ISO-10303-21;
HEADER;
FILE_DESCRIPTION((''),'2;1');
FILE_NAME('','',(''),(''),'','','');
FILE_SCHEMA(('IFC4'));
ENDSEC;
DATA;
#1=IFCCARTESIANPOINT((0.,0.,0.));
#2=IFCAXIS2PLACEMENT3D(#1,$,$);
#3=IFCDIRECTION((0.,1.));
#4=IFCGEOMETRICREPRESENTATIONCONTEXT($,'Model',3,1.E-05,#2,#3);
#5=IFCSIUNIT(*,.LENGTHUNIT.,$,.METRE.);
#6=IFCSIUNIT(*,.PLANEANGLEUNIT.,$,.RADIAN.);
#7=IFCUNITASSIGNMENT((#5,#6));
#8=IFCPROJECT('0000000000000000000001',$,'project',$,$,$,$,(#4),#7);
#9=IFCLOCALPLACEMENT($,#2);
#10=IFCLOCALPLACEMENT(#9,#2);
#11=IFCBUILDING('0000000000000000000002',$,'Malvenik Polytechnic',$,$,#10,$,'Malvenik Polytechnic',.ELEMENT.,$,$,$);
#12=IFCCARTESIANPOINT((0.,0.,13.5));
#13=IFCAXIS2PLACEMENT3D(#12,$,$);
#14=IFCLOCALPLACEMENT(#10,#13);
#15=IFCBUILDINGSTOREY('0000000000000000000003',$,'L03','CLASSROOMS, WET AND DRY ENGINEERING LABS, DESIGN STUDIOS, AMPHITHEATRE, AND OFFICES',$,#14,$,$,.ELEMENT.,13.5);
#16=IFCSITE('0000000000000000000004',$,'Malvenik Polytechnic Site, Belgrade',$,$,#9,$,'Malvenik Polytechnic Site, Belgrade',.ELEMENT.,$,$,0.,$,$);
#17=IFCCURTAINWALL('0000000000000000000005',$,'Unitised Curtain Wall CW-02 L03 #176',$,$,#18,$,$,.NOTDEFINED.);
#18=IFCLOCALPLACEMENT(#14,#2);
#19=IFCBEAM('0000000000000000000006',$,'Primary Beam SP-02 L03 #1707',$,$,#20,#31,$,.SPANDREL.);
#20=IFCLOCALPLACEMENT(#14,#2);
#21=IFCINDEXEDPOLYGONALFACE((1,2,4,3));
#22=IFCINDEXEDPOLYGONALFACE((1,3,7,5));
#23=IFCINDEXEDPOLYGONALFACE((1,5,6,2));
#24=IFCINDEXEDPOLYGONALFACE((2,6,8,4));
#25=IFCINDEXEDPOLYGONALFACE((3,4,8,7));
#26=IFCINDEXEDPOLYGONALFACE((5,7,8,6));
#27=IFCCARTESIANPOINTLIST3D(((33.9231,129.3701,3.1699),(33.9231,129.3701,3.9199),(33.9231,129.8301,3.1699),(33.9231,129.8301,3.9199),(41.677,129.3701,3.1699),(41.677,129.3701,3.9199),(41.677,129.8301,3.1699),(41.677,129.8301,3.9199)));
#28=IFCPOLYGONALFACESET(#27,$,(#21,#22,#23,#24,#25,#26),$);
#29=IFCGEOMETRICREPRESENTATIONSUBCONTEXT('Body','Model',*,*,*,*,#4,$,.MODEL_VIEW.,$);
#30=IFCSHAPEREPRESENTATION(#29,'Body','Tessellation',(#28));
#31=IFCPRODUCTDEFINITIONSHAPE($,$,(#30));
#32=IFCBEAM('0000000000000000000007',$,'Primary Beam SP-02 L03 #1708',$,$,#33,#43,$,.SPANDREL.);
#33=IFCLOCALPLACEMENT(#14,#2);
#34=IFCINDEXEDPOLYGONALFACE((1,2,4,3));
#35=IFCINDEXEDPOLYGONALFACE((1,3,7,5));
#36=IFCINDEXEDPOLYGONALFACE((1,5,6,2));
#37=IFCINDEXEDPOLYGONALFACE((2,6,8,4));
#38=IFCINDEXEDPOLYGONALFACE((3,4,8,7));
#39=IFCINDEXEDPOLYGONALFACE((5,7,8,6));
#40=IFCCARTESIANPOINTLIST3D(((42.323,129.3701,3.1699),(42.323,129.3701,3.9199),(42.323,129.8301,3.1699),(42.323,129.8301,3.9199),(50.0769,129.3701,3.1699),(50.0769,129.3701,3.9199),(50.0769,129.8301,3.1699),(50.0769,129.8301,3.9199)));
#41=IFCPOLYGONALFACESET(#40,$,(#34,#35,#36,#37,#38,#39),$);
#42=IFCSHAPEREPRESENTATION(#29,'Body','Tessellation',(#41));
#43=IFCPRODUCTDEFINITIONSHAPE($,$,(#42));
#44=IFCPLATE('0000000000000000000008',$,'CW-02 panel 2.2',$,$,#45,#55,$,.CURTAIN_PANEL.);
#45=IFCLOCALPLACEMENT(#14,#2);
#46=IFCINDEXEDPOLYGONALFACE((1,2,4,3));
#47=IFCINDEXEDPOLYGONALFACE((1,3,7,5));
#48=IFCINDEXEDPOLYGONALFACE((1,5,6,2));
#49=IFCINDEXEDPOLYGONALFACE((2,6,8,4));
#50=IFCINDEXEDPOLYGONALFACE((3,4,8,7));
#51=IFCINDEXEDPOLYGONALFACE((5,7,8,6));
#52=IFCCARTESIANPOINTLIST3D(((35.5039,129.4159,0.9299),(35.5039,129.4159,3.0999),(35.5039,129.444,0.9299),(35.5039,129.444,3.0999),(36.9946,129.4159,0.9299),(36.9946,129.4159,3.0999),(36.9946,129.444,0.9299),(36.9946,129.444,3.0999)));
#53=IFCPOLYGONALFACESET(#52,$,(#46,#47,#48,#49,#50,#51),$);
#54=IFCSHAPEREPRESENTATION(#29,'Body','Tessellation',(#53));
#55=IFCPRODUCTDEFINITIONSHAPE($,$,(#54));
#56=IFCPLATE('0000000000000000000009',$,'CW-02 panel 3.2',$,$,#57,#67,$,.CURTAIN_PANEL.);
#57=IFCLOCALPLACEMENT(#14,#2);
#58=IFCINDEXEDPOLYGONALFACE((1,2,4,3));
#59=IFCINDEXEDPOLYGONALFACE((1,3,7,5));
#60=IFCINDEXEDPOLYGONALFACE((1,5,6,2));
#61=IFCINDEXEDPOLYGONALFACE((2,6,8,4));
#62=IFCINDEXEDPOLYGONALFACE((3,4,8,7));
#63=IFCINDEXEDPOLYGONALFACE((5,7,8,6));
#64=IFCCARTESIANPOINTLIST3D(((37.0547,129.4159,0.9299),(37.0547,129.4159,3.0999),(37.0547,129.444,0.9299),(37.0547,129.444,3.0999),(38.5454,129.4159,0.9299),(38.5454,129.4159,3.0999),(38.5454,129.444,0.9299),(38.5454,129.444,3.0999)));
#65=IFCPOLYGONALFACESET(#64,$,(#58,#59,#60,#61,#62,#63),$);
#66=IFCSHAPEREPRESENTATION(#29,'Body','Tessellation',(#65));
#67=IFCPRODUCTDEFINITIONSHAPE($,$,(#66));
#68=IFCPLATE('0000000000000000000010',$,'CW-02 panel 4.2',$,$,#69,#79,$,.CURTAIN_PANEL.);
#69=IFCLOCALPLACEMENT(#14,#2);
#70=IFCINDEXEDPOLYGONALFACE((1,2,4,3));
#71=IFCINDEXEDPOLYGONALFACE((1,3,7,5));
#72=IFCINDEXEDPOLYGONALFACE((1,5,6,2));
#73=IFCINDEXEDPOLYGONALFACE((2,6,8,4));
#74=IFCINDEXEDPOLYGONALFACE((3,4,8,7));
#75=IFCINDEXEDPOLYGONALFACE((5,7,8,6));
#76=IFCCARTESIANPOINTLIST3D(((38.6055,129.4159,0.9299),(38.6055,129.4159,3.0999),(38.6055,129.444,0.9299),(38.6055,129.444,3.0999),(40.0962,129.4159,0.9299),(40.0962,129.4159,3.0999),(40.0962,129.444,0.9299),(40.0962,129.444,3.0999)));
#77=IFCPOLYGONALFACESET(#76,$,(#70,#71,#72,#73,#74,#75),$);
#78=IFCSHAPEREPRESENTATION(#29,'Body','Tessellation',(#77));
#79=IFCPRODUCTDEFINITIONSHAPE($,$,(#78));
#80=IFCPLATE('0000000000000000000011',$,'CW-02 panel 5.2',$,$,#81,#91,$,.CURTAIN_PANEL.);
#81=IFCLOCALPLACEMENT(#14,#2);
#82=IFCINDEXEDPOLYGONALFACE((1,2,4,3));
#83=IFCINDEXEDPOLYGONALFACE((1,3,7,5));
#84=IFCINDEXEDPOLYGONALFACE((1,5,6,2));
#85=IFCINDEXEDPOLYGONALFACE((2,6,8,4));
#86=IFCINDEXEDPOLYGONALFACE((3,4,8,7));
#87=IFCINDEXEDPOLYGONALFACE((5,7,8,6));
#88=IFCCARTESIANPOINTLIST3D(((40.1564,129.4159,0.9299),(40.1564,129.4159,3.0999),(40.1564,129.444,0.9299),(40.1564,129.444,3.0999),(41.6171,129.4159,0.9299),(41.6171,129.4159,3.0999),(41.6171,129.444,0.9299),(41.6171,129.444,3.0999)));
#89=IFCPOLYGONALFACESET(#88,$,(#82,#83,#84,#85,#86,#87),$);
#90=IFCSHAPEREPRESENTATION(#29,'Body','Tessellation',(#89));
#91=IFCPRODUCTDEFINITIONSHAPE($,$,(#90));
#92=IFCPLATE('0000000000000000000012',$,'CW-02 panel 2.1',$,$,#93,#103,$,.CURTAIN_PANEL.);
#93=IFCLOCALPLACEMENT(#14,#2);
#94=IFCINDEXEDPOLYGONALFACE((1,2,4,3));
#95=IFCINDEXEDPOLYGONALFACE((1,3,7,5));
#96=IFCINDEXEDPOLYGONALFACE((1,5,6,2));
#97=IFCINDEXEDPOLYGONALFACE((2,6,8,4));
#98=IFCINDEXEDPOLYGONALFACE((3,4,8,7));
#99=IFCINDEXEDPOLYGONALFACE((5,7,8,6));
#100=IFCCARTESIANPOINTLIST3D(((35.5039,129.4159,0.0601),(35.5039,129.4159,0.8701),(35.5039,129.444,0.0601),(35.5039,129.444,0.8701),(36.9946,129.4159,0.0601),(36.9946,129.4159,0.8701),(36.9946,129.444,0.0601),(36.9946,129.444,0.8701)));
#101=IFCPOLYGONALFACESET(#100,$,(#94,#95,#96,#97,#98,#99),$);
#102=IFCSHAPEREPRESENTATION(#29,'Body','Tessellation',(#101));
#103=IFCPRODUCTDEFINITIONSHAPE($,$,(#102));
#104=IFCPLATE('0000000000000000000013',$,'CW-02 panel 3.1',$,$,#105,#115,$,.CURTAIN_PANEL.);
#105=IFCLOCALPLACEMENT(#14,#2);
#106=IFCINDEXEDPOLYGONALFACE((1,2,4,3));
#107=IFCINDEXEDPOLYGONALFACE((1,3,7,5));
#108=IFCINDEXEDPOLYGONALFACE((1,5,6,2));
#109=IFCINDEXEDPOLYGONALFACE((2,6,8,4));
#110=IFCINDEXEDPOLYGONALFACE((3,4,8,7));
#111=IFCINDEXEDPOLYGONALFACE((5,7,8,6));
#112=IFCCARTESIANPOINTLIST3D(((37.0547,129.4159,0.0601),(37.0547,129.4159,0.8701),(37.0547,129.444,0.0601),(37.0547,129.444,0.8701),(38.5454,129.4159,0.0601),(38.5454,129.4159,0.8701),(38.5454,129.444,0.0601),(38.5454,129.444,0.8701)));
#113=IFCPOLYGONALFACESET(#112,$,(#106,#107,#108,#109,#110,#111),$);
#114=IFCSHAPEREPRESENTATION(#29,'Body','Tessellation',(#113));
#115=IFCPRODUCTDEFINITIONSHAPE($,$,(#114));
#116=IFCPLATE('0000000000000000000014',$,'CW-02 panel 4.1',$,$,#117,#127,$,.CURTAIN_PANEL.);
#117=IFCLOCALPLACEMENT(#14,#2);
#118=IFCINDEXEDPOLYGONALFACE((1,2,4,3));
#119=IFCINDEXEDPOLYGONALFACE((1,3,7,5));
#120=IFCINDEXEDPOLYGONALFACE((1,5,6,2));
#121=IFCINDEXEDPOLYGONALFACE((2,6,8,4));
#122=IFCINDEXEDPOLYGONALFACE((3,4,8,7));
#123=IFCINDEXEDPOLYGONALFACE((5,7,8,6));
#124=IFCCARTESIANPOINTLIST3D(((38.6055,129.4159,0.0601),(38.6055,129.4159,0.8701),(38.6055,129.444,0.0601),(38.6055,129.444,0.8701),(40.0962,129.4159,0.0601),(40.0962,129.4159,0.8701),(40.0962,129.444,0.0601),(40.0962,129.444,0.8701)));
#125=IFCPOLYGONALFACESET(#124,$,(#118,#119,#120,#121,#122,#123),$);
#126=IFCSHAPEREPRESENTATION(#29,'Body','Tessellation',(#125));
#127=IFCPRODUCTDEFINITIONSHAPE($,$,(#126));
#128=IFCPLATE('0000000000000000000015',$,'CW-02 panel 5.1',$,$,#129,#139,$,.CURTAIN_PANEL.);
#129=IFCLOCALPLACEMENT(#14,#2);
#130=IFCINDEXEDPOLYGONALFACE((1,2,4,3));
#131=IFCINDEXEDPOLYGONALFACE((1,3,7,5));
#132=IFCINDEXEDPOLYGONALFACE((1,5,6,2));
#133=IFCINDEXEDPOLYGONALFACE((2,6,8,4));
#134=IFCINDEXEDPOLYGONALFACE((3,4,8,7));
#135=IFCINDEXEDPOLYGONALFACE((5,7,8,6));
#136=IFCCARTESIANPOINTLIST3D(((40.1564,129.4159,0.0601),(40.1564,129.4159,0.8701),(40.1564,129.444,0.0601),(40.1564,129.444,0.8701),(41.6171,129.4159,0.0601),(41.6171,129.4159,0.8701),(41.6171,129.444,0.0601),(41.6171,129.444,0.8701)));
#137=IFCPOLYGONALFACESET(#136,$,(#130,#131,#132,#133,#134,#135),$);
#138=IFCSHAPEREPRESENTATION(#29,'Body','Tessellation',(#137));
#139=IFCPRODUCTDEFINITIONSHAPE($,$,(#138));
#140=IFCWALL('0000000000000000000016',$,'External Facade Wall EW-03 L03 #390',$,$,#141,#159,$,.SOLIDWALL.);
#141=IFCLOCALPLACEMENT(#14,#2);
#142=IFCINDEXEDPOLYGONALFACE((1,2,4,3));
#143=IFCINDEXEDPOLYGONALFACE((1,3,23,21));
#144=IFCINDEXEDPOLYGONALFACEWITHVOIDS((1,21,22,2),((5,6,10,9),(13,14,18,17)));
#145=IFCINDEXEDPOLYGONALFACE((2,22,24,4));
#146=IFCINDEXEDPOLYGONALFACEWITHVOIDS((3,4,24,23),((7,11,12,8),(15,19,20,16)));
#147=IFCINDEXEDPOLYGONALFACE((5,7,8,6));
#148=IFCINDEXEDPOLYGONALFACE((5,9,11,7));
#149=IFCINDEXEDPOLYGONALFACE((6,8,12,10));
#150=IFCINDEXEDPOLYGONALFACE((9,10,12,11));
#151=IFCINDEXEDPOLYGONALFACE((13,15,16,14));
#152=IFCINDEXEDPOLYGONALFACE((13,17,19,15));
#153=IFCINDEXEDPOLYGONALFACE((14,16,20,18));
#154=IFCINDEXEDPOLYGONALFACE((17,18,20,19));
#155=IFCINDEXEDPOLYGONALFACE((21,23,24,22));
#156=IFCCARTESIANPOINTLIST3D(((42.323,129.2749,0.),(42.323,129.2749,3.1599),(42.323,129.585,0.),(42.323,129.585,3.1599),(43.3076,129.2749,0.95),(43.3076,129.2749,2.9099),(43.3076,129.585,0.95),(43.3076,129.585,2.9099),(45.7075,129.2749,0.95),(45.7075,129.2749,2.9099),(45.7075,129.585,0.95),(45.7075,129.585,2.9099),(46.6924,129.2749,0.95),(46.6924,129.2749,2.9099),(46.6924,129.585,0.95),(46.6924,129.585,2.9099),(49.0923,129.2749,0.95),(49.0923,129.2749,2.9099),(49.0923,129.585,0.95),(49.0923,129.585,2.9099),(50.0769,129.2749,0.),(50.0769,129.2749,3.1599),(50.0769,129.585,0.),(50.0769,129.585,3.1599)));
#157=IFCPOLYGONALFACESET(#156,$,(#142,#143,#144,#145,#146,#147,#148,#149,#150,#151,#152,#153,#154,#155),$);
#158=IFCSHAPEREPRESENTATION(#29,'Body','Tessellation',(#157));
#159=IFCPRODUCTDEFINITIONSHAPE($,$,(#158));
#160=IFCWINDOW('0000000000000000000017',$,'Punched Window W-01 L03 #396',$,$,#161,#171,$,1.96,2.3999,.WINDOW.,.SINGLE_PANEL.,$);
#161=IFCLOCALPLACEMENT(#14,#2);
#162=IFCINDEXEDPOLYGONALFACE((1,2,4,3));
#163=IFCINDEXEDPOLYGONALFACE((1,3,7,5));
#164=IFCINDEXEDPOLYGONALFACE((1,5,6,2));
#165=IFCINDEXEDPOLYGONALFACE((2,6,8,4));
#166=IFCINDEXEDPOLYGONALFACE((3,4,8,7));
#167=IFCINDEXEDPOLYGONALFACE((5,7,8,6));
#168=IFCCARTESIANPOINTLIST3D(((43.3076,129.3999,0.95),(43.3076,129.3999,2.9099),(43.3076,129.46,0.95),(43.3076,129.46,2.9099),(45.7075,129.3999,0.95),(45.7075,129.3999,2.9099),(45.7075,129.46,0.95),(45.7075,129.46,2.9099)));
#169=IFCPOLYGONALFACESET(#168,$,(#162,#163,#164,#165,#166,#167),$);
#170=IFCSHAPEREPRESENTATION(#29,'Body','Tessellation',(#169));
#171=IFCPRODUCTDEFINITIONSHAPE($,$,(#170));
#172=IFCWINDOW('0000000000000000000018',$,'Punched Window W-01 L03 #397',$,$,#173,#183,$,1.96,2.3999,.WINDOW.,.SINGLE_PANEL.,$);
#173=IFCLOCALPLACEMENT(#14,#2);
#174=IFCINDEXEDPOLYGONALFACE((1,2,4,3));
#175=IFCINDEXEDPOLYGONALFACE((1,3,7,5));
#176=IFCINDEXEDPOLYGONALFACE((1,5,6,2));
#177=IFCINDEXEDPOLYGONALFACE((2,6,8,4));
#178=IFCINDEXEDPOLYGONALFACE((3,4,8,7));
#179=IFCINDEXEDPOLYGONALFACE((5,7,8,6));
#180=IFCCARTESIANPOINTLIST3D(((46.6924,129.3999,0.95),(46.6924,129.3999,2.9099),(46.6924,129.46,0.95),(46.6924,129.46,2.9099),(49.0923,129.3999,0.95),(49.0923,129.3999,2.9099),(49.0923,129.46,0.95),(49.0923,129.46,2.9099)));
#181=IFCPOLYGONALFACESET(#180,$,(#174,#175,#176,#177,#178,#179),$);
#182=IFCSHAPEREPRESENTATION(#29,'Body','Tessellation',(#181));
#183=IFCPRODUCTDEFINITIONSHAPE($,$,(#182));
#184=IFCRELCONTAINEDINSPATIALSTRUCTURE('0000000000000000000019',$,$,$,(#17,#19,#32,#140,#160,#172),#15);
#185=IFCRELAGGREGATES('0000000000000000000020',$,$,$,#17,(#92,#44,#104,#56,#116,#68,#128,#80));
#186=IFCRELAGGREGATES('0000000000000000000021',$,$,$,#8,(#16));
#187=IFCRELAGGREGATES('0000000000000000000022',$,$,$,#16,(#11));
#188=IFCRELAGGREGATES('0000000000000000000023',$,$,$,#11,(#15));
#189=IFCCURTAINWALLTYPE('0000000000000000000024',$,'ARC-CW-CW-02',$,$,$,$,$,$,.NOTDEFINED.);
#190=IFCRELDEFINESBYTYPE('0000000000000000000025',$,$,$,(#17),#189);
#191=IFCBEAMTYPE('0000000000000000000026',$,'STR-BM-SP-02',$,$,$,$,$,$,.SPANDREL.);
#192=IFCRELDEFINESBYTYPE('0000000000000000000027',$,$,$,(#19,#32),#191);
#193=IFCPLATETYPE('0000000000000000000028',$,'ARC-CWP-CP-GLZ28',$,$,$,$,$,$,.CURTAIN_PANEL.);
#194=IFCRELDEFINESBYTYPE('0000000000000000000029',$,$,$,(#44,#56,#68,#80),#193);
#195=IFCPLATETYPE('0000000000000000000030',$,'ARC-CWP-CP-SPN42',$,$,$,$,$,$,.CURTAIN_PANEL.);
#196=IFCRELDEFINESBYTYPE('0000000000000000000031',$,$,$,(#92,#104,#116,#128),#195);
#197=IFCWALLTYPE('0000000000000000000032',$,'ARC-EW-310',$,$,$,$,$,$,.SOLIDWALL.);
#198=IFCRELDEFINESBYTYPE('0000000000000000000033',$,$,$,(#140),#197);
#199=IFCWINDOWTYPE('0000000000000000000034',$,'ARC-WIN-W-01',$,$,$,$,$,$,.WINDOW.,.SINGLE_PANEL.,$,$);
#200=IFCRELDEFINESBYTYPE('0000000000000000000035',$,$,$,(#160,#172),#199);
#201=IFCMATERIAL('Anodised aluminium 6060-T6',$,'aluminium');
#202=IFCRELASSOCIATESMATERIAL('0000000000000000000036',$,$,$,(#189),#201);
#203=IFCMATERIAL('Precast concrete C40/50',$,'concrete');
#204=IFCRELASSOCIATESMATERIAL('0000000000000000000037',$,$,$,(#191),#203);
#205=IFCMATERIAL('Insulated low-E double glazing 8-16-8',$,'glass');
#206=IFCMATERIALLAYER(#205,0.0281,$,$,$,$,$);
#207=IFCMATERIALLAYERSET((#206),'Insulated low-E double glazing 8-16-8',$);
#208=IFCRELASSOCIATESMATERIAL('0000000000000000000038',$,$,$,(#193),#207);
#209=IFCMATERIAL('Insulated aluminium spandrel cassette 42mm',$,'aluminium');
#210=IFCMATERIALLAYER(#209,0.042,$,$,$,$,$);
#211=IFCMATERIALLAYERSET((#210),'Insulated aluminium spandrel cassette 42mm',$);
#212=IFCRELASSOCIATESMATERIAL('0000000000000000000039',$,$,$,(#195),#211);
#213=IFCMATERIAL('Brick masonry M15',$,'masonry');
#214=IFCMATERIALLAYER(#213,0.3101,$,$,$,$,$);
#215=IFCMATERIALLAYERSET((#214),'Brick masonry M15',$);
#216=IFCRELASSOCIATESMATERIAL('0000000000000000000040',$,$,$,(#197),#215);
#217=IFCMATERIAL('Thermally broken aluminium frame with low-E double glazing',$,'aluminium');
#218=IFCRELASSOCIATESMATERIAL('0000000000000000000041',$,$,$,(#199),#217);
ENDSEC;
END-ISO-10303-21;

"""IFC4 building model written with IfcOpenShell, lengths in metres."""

from ifc_helpers import new_model, si_unit, direction, frame, frame_2d, origin, origin_2d, place, context, subcontext, project, spatial, rectangle, extrude, material, layer, layer_set, material_profile, profile_set, type_object, element, fill, aggregate, save


model = new_model("IFC4")

# Units and contexts
model_context = context("Model", 3, precision=1e-05, world=origin(), true_north=direction((0.0, 1.0)))
body_context = subcontext(model_context, "Body", "Model", "MODEL_VIEW")
ifc_project = project(units=[si_unit("LENGTHUNIT", "METRE"), si_unit("PLANEANGLEUNIT", "RADIAN")], contexts=[model_context])

# Site, building, storey
site_placement = place(None, origin())
site = spatial("IfcSite", under=ifc_project, at=site_placement, Name="Malvenik Polytechnic Site, Belgrade", LongName="Malvenik Polytechnic Site, Belgrade", CompositionType="ELEMENT", RefElevation=0.0)
building_placement = place(site_placement, origin())
building = spatial("IfcBuilding", under=site, at=building_placement, Name="Malvenik Polytechnic", LongName="Malvenik Polytechnic", CompositionType="ELEMENT")
storey_placement = place(building_placement, frame((0.0, 0.0, 13.5)))
storey = spatial("IfcBuildingStorey", under=building, at=storey_placement, Name="L03", Description="CLASSROOMS, WET AND DRY ENGINEERING LABS, DESIGN STUDIOS, AMPHITHEATRE, AND OFFICES", CompositionType="ELEMENT", Elevation=13.5)

# Curtain wall
ifc_material_1 = material(Name="Anodised aluminium 6060-T6", Category="aluminium")
curtain_wall_type = type_object("IfcCurtainWallType", Name="ARC-CW-CW-02", PredefinedType="NOTDEFINED", material=ifc_material_1)
curtain_wall_placement = place(storey_placement, origin())
curtain_wall = element("IfcCurtainWall", 1, at=curtain_wall_placement, inside=storey, type_object=curtain_wall_type, Name="Unitised Curtain Wall CW-02 L03 #176", PredefinedType="NOTDEFINED")

# Beams
ifc_material_2 = material(Name="Precast concrete C40/50", Category="concrete")
ifc_material_profile_1 = material_profile(ifc_material_2, rectangle(XDim=0.46, YDim=0.75, at=origin_2d()), Name="PC SPN 460x750")
ifc_profile_set_1 = profile_set([ifc_material_profile_1], Name="Precast concrete C40/50")
beam_type = type_object("IfcBeamType", Name="STR-BM-SP-02", PredefinedType="SPANDREL", material=ifc_profile_set_1)
for number, where, z_axis, x_axis, name in (
    (2, (33.9231, 129.6001, 3.5449), (1.0, 0.0, 0.0), (0.0, 1.0, 0.0), "Primary Beam SP-02 L03 #1707"),
    (3, (42.323, 129.6001, 3.5449), (1.0, 0.0, 0.0), (0.0, 1.0, 0.0), "Primary Beam SP-02 L03 #1708"),
):
    element("IfcBeam", number, at=place(storey_placement, frame(where, z_axis=z_axis, x_axis=x_axis)), inside=storey, type_object=beam_type, Name=name, PredefinedType="SPANDREL", context=body_context, shape_type="SweptSolid", body=[
        extrude(rectangle(XDim=0.46, YDim=0.75, at=origin_2d()), origin(), (0.0, 0.0, 1.0), 7.7539),
    ])

# Plates
ifc_material_3 = material(Name="Insulated low-E double glazing 8-16-8", Category="glass")
ifc_layer_1 = layer(ifc_material_3, 0.0281)
ifc_layer_set_1 = layer_set([ifc_layer_1], Name="Insulated low-E double glazing 8-16-8")
plate_type_1 = type_object("IfcPlateType", Name="ARC-CWP-CP-GLZ28", PredefinedType="CURTAIN_PANEL", material=ifc_layer_set_1)
plate_1_placement = place(storey_placement, frame((36.2493, 129.4299, 0.9299), z_axis=(0.0, 0.0, 1.0), x_axis=(1.0, 0.0, 0.0)))
plate_1 = element("IfcPlate", 4, at=plate_1_placement, type_object=plate_type_1, Name="CW-02 panel 2.2", PredefinedType="CURTAIN_PANEL", context=body_context, shape_type="SweptSolid", body=[
    extrude(rectangle(XDim=1.4907, YDim=0.0281, at=origin_2d()), origin(), (0.0, 0.0, 1.0), 2.1699),
])
plate_2_placement = place(storey_placement, frame((37.8, 129.4299, 0.9299), z_axis=(0.0, 0.0, 1.0), x_axis=(1.0, 0.0, 0.0)))
plate_2 = element("IfcPlate", 5, at=plate_2_placement, type_object=plate_type_1, Name="CW-02 panel 3.2", PredefinedType="CURTAIN_PANEL", context=body_context, shape_type="SweptSolid", body=[
    extrude(rectangle(XDim=1.4907, YDim=0.0281, at=origin_2d()), origin(), (0.0, 0.0, 1.0), 2.1699),
])
plate_3_placement = place(storey_placement, frame((39.3508, 129.4299, 0.9299), z_axis=(0.0, 0.0, 1.0), x_axis=(1.0, 0.0, 0.0)))
plate_3 = element("IfcPlate", 6, at=plate_3_placement, type_object=plate_type_1, Name="CW-02 panel 4.2", PredefinedType="CURTAIN_PANEL", context=body_context, shape_type="SweptSolid", body=[
    extrude(rectangle(XDim=1.4907, YDim=0.0281, at=origin_2d()), origin(), (0.0, 0.0, 1.0), 2.1699),
])
plate_4_placement = place(storey_placement, frame((40.8867, 129.4299, 0.9299), z_axis=(0.0, 0.0, 1.0), x_axis=(1.0, 0.0, 0.0)))
plate_4 = element("IfcPlate", 7, at=plate_4_placement, type_object=plate_type_1, Name="CW-02 panel 5.2", PredefinedType="CURTAIN_PANEL", context=body_context, shape_type="SweptSolid", body=[
    extrude(rectangle(XDim=1.4607, YDim=0.0281, at=origin_2d()), origin(), (0.0, 0.0, 1.0), 2.1699),
])
ifc_material_4 = material(Name="Insulated aluminium spandrel cassette 42mm", Category="aluminium")
ifc_layer_2 = layer(ifc_material_4, 0.042)
ifc_layer_set_2 = layer_set([ifc_layer_2], Name="Insulated aluminium spandrel cassette 42mm")
plate_type_2 = type_object("IfcPlateType", Name="ARC-CWP-CP-SPN42", PredefinedType="CURTAIN_PANEL", material=ifc_layer_set_2)
plate_5_placement = place(storey_placement, frame((36.2493, 129.4299, 0.0601), z_axis=(0.0, 0.0, 1.0), x_axis=(1.0, 0.0, 0.0)))
plate_5 = element("IfcPlate", 8, at=plate_5_placement, type_object=plate_type_2, Name="CW-02 panel 2.1", PredefinedType="CURTAIN_PANEL", context=body_context, shape_type="SweptSolid", body=[
    extrude(rectangle(XDim=1.4907, YDim=0.0281, at=origin_2d()), origin(), (0.0, 0.0, 1.0), 0.8101),
])
plate_6_placement = place(storey_placement, frame((37.8, 129.4299, 0.0601), z_axis=(0.0, 0.0, 1.0), x_axis=(1.0, 0.0, 0.0)))
plate_6 = element("IfcPlate", 9, at=plate_6_placement, type_object=plate_type_2, Name="CW-02 panel 3.1", PredefinedType="CURTAIN_PANEL", context=body_context, shape_type="SweptSolid", body=[
    extrude(rectangle(XDim=1.4907, YDim=0.0281, at=origin_2d()), origin(), (0.0, 0.0, 1.0), 0.8101),
])
plate_7_placement = place(storey_placement, frame((39.3508, 129.4299, 0.0601), z_axis=(0.0, 0.0, 1.0), x_axis=(1.0, 0.0, 0.0)))
plate_7 = element("IfcPlate", 10, at=plate_7_placement, type_object=plate_type_2, Name="CW-02 panel 4.1", PredefinedType="CURTAIN_PANEL", context=body_context, shape_type="SweptSolid", body=[
    extrude(rectangle(XDim=1.4907, YDim=0.0281, at=origin_2d()), origin(), (0.0, 0.0, 1.0), 0.8101),
])
plate_8_placement = place(storey_placement, frame((40.8867, 129.4299, 0.0601), z_axis=(0.0, 0.0, 1.0), x_axis=(1.0, 0.0, 0.0)))
plate_8 = element("IfcPlate", 11, at=plate_8_placement, type_object=plate_type_2, Name="CW-02 panel 5.1", PredefinedType="CURTAIN_PANEL", context=body_context, shape_type="SweptSolid", body=[
    extrude(rectangle(XDim=1.4607, YDim=0.0281, at=origin_2d()), origin(), (0.0, 0.0, 1.0), 0.8101),
])
aggregate(curtain_wall, [plate_5, plate_1, plate_6, plate_2, plate_7, plate_3, plate_8, plate_4])

# Wall, openings, windows
ifc_material_5 = material(Name="Brick masonry M15", Category="masonry")
ifc_layer_3 = layer(ifc_material_5, 0.3101)
ifc_layer_set_3 = layer_set([ifc_layer_3], Name="Brick masonry M15")
wall_type = type_object("IfcWallType", Name="ARC-EW-310", PredefinedType="SOLIDWALL", material=ifc_layer_set_3)
wall_placement = place(storey_placement, frame((42.323, 129.4299, 0.0), z_axis=(0.0, 0.0, 1.0), x_axis=(1.0, 0.0, 0.0)))
wall = element("IfcWall", 12, at=wall_placement, inside=storey, type_object=wall_type, Name="External Facade Wall EW-03 L03 #390", PredefinedType="SOLIDWALL", context=body_context, shape_type="SweptSolid", body=[
    extrude(rectangle(XDim=7.7539, YDim=0.3101, at=frame_2d((3.877, 0.0))), origin(), (0.0, 0.0, 1.0), 3.1599),
])
opening_1_placement = place(wall_placement, frame((0.9846, 0.0, 0.95)))
opening_1 = element("IfcOpeningElement", 13, at=opening_1_placement, cuts=wall, PredefinedType="OPENING", context=body_context, shape_type="SweptSolid", body=[
    extrude(rectangle(XDim=2.3999, YDim=1.96, at=frame_2d((1.2, 0.98))), frame((0.0, 0.165, 0.0), z_axis=(0.0, -1.0, 0.0), x_axis=(1.0, 0.0, 0.0)), (0.0, 0.0, 1.0), 0.3301),
])
opening_2_placement = place(wall_placement, frame((4.3694, 0.0, 0.95)))
opening_2 = element("IfcOpeningElement", 14, at=opening_2_placement, cuts=wall, PredefinedType="OPENING", context=body_context, shape_type="SweptSolid", body=[
    extrude(rectangle(XDim=2.3999, YDim=1.96, at=frame_2d((1.2, 0.98))), frame((0.0, 0.165, 0.0), z_axis=(0.0, -1.0, 0.0), x_axis=(1.0, 0.0, 0.0)), (0.0, 0.0, 1.0), 0.3301),
])
ifc_material_6 = material(Name="Thermally broken aluminium frame with low-E double glazing", Category="aluminium")
window_type = type_object("IfcWindowType", Name="ARC-WIN-W-01", PartitioningType="SINGLE_PANEL", PredefinedType="WINDOW", material=ifc_material_6)
window_1_placement = place(opening_1_placement, origin())
window_1 = element("IfcWindow", 15, at=window_1_placement, inside=storey, type_object=window_type, Name="Punched Window W-01 L03 #396", OverallHeight=1.96, OverallWidth=2.3999, PartitioningType="SINGLE_PANEL", PredefinedType="WINDOW", context=body_context, shape_type="SweptSolid", body=[
    extrude(rectangle(XDim=2.3999, YDim=1.96, at=frame_2d((1.2, 0.98))), frame((0.0, 0.03, 0.0), z_axis=(0.0, -1.0, 0.0), x_axis=(1.0, 0.0, 0.0)), (0.0, 0.0, 1.0), 0.0601),
])
fill(opening_1, window_1)
window_2_placement = place(opening_2_placement, origin())
window_2 = element("IfcWindow", 16, at=window_2_placement, inside=storey, type_object=window_type, Name="Punched Window W-01 L03 #397", OverallHeight=1.96, OverallWidth=2.3999, PartitioningType="SINGLE_PANEL", PredefinedType="WINDOW", context=body_context, shape_type="SweptSolid", body=[
    extrude(rectangle(XDim=2.3999, YDim=1.96, at=frame_2d((1.2, 0.98))), frame((0.0, 0.03, 0.0), z_axis=(0.0, -1.0, 0.0), x_axis=(1.0, 0.0, 0.0)), (0.0, 0.0, 1.0), 0.0601),
])
fill(opening_2, window_2)

save(model, "model.ifc")
